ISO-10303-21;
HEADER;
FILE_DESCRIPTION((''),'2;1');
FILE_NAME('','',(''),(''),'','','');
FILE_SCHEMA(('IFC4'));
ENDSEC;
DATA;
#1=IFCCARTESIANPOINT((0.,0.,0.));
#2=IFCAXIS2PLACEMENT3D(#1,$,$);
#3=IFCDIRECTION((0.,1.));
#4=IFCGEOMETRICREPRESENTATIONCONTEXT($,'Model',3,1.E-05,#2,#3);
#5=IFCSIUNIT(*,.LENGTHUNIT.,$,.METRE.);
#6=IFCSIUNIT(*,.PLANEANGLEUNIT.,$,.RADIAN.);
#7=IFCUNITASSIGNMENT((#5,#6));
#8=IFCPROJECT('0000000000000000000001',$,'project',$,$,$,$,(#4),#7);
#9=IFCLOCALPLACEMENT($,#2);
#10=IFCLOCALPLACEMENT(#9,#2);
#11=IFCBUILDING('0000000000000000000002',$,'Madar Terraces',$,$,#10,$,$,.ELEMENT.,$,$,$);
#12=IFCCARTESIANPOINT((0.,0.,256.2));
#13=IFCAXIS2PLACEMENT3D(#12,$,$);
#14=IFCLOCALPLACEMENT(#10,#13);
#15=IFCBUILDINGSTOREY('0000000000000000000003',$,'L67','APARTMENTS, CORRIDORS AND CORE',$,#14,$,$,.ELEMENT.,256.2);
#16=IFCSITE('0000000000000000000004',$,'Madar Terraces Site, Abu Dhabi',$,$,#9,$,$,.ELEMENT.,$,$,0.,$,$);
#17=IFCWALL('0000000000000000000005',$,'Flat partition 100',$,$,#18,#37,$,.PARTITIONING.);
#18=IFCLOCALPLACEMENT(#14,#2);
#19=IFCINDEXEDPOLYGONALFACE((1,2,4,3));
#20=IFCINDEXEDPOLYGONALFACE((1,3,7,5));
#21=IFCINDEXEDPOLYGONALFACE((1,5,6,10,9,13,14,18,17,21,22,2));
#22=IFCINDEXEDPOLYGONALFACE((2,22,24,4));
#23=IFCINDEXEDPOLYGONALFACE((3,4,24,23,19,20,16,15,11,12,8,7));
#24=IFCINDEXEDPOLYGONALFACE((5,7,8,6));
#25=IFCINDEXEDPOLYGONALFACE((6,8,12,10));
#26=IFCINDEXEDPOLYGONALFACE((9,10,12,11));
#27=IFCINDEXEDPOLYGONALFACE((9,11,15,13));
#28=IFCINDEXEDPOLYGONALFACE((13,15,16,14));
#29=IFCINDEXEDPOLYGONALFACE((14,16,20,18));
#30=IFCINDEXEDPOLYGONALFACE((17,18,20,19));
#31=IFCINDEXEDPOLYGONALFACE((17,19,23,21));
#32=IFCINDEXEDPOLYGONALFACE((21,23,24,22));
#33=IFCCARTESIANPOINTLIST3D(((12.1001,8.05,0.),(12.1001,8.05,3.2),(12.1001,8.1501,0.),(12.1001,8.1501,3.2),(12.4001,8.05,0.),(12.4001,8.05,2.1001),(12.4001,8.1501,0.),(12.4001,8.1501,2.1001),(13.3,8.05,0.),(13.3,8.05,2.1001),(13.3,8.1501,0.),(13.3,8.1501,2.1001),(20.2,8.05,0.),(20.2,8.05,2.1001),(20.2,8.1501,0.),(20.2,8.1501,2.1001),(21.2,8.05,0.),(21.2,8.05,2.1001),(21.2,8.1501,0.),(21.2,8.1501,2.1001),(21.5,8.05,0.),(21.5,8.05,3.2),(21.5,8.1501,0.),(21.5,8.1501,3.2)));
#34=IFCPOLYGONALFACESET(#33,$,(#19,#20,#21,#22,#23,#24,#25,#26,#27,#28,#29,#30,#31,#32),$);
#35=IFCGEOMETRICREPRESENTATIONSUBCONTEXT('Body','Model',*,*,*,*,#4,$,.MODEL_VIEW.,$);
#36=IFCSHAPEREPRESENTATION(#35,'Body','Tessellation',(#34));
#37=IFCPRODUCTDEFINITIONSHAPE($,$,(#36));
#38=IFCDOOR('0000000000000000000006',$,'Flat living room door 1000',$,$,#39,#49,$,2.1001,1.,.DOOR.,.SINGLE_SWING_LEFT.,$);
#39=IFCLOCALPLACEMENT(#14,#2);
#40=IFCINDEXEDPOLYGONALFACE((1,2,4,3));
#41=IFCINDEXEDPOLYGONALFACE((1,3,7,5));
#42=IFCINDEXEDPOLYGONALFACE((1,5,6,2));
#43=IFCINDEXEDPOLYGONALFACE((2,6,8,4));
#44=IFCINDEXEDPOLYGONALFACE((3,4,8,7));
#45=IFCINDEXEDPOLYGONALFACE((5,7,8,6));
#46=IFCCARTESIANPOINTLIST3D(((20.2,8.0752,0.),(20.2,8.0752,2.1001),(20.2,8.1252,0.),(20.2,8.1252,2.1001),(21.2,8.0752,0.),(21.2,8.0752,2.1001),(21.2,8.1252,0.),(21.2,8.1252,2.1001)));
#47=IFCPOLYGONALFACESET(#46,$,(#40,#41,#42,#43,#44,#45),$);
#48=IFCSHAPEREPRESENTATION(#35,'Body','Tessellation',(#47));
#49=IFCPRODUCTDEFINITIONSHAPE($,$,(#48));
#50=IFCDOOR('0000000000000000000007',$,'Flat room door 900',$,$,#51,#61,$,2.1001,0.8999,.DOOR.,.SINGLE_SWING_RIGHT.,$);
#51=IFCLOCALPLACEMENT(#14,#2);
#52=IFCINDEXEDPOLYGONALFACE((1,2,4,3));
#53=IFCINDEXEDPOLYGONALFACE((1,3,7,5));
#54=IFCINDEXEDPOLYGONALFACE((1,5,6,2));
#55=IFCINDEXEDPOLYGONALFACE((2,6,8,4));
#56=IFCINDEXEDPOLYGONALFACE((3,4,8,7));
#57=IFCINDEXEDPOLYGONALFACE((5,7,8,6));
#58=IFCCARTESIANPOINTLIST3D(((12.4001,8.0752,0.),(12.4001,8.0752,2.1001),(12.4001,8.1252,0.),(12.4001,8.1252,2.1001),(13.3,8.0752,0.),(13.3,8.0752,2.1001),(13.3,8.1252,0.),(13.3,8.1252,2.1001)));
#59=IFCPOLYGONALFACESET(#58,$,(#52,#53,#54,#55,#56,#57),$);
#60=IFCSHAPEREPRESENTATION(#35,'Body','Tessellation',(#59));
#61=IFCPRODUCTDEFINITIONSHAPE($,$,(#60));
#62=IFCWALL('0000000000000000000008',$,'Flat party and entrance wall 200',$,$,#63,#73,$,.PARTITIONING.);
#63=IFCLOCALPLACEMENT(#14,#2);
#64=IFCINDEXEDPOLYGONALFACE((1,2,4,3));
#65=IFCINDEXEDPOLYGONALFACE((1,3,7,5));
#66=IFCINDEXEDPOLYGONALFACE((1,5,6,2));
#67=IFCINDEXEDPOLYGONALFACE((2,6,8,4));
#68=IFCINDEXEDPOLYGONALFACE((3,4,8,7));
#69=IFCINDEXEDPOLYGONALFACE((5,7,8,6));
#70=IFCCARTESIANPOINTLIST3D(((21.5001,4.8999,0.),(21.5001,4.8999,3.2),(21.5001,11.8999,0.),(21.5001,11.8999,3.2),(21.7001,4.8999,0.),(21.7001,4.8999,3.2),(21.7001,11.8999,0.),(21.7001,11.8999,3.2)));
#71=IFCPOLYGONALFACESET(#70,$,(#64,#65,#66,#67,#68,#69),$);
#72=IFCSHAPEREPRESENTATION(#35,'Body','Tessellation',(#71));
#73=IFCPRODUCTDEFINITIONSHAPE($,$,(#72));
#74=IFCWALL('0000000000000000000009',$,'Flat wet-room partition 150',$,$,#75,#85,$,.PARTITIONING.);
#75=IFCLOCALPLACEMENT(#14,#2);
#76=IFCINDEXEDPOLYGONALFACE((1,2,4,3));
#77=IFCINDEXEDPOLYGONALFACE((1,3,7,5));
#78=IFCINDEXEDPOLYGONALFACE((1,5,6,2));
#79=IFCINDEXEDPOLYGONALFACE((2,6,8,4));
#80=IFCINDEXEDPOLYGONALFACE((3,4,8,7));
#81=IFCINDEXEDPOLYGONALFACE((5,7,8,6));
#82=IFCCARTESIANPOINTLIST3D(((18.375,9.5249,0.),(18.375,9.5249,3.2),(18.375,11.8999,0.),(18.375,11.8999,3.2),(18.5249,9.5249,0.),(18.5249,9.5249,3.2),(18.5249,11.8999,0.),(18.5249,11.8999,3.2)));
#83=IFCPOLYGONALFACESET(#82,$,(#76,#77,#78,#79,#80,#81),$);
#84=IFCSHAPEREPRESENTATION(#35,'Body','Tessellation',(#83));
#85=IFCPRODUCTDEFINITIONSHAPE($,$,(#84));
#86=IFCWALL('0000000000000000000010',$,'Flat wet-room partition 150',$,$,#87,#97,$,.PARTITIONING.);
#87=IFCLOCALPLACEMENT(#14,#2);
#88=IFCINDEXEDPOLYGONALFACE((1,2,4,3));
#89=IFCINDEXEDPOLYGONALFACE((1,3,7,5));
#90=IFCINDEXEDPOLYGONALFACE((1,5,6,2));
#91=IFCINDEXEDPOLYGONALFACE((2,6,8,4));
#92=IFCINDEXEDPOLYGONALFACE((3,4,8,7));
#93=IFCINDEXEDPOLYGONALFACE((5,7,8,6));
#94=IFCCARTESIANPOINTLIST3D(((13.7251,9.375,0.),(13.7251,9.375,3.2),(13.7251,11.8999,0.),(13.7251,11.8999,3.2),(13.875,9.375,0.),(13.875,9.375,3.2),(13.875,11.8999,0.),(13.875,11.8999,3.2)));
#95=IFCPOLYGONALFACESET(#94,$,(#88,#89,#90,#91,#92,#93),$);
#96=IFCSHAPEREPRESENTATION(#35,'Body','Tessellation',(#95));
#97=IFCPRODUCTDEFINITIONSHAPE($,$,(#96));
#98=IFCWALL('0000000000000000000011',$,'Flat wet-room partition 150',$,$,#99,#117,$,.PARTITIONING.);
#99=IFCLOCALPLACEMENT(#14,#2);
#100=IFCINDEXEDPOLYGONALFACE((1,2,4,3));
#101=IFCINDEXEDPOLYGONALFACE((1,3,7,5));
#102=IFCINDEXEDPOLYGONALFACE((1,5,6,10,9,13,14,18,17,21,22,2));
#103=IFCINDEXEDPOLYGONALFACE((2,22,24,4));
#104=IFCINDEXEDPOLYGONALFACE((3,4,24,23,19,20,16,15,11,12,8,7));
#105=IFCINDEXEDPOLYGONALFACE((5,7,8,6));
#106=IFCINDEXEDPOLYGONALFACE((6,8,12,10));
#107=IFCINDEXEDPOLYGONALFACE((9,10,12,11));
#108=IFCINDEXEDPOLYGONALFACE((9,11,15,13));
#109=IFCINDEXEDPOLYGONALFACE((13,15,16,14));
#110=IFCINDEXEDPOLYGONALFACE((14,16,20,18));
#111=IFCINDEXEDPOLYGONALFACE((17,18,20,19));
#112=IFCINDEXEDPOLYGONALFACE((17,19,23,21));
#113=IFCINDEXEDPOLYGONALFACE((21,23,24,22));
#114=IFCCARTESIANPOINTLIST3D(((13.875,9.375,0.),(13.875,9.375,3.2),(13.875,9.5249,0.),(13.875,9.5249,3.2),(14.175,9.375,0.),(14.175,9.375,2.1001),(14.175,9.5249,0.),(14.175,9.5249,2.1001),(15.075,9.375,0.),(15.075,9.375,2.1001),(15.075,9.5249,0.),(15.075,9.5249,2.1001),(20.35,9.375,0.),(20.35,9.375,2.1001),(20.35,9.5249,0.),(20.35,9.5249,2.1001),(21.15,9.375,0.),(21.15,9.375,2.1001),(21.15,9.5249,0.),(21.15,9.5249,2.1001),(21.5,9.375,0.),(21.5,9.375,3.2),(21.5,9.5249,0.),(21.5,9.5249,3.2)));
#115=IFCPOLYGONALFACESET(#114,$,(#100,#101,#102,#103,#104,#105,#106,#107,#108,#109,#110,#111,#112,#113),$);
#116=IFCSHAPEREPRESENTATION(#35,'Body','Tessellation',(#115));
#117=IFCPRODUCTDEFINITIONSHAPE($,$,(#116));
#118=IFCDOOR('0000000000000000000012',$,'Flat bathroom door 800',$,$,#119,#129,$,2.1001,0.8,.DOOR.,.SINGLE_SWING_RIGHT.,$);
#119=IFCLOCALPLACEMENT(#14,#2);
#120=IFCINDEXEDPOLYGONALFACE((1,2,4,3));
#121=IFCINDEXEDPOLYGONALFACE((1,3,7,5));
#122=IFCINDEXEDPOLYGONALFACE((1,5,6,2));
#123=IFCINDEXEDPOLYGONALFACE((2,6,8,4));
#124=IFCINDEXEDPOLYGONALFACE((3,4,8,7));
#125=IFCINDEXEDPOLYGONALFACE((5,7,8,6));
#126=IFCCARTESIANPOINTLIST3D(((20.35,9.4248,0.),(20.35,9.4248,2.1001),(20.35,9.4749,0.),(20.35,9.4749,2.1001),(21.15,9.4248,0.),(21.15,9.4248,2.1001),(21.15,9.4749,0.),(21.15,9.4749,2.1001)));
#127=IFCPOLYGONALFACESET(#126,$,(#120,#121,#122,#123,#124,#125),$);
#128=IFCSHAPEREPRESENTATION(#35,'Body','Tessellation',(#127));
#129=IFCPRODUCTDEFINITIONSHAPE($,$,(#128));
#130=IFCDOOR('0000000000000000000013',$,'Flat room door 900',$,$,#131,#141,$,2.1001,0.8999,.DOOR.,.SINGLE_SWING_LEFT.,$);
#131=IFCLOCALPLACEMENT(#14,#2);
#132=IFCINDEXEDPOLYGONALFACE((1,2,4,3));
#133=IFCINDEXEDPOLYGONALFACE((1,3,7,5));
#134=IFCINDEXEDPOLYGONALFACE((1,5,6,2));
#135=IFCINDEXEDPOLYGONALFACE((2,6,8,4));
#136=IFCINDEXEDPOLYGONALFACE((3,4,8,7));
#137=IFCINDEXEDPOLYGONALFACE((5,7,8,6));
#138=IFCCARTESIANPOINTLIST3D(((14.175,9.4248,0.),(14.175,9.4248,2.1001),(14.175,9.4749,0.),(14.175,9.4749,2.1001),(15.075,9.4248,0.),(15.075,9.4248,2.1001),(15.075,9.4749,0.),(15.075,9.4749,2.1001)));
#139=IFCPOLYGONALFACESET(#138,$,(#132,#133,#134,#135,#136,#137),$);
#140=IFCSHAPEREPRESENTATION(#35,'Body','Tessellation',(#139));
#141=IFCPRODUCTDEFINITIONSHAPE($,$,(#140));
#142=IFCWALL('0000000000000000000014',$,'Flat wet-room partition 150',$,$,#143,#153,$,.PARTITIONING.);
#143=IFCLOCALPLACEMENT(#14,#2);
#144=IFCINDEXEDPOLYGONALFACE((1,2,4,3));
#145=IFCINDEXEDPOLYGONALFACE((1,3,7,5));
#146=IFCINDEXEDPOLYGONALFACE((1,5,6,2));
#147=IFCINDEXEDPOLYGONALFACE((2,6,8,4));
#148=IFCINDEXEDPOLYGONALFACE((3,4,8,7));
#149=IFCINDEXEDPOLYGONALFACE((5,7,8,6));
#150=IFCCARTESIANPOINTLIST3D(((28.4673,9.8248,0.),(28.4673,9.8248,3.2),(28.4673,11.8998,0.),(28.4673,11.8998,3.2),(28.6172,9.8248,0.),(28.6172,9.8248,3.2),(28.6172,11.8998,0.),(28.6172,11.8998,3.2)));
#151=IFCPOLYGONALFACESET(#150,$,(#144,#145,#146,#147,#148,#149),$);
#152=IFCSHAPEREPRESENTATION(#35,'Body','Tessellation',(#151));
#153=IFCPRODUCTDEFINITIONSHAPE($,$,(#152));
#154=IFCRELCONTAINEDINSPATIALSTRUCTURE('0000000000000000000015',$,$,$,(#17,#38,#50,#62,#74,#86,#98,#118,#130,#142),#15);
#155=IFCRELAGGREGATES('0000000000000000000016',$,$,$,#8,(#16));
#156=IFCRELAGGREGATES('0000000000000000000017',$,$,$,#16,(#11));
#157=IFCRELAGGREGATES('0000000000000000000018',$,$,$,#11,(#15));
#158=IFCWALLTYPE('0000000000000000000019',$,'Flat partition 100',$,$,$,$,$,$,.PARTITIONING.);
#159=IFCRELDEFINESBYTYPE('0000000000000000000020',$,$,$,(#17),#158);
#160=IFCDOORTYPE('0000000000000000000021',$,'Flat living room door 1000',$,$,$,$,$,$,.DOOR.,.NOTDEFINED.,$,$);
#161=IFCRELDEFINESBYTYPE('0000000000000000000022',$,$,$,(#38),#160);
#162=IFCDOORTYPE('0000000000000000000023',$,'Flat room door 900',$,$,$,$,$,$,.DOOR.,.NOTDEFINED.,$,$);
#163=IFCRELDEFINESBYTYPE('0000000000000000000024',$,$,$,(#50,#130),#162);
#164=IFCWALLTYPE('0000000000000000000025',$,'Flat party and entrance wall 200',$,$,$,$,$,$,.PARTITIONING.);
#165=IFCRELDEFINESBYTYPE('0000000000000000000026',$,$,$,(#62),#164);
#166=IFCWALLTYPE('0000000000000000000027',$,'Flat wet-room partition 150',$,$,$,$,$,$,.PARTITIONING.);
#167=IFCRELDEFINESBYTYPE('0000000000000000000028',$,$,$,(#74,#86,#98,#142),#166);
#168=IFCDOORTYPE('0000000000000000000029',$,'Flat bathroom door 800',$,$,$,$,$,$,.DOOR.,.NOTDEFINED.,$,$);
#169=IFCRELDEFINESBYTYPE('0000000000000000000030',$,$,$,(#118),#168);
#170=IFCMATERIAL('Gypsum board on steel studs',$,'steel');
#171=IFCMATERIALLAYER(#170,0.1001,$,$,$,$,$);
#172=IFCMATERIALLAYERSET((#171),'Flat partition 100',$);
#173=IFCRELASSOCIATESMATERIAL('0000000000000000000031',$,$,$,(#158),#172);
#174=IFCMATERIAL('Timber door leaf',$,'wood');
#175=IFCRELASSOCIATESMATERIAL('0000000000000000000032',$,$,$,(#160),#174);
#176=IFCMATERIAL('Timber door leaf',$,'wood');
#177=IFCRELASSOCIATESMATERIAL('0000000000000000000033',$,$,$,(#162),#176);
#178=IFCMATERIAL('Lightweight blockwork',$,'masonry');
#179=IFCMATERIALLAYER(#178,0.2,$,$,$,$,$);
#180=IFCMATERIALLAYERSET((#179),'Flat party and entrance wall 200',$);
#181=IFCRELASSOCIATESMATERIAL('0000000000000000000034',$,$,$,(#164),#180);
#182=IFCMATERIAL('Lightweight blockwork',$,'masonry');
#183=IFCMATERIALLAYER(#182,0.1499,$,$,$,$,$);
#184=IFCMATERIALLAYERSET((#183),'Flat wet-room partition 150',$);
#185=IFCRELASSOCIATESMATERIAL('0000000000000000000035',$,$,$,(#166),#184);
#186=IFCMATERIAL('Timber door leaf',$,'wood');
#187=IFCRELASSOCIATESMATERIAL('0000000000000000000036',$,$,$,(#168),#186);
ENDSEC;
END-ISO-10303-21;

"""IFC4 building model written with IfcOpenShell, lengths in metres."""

from ifc_helpers import new_model, si_unit, direction, frame, frame_2d, origin, place, context, subcontext, project, spatial, rectangle, extrude, material, layer, layer_set, type_object, element, fill, save


model = new_model("IFC4")

# Units and contexts
model_context = context("Model", 3, precision=1e-05, world=origin(), true_north=direction((0.0, 1.0)))
body_context = subcontext(model_context, "Body", "Model", "MODEL_VIEW")
ifc_project = project(units=[si_unit("LENGTHUNIT", "METRE"), si_unit("PLANEANGLEUNIT", "RADIAN")], contexts=[model_context])

# Site, building, storey
site_placement = place(None, origin())
site = spatial("IfcSite", under=ifc_project, at=site_placement, Name="Madar Terraces Site, Abu Dhabi", CompositionType="ELEMENT", RefElevation=0.0)
building_placement = place(site_placement, origin())
building = spatial("IfcBuilding", under=site, at=building_placement, Name="Madar Terraces", CompositionType="ELEMENT")
storey_placement = place(building_placement, frame((0.0, 0.0, 256.2)))
storey = spatial("IfcBuildingStorey", under=building, at=storey_placement, Name="L67", Description="APARTMENTS, CORRIDORS AND CORE", CompositionType="ELEMENT", Elevation=256.2)

# Shared definitions
ifc_material_1 = material(Name="Gypsum board on steel studs", Category="steel")
ifc_layer_1 = layer(ifc_material_1, 0.1001)
ifc_layer_set_1 = layer_set([ifc_layer_1], Name="Flat partition 100")
wall_type_1 = type_object("IfcWallType", Name="Flat partition 100", PredefinedType="PARTITIONING", material=ifc_layer_set_1)

# Wall, openings, doors
wall_1_placement = place(storey_placement, frame((21.5, 8.1001, 0.0), z_axis=(0.0, 0.0, 1.0), x_axis=(-1.0, 0.0, 0.0)))
wall_1 = element("IfcWall", 1, at=wall_1_placement, inside=storey, type_object=wall_type_1, Name="Flat partition 100", PredefinedType="PARTITIONING", context=body_context, shape_type="SweptSolid", body=[
    extrude(rectangle(XDim=9.3999, YDim=0.1001, at=frame_2d((4.7, 0.0))), origin(), (0.0, 0.0, 1.0), 3.2),
])
opening_1_placement = place(wall_1_placement, frame((8.2, 0.0, 0.0)))
opening_1 = element("IfcOpeningElement", 2, at=opening_1_placement, cuts=wall_1, PredefinedType="OPENING", context=body_context, shape_type="SweptSolid", body=[
    extrude(rectangle(XDim=0.8999, YDim=2.1001, at=frame_2d((0.45, 1.05))), frame((0.0, 0.0601, 0.0), z_axis=(0.0, -1.0, 0.0), x_axis=(1.0, 0.0, 0.0)), (0.0, 0.0, 1.0), 0.1201),
])
opening_2_placement = place(wall_1_placement, frame((0.3, 0.0, 0.0)))
opening_2 = element("IfcOpeningElement", 3, at=opening_2_placement, cuts=wall_1, PredefinedType="OPENING", context=body_context, shape_type="SweptSolid", body=[
    extrude(rectangle(XDim=1.0, YDim=2.1001, at=frame_2d((0.5, 1.05))), frame((0.0, 0.0601, 0.0), z_axis=(0.0, -1.0, 0.0), x_axis=(1.0, 0.0, 0.0)), (0.0, 0.0, 1.0), 0.1201),
])
ifc_material_2 = material(Name="Timber door leaf", Category="wood")
door_type_1 = type_object("IfcDoorType", Name="Flat living room door 1000", OperationType="NOTDEFINED", PredefinedType="DOOR", material=ifc_material_2)
door_1_placement = place(opening_2_placement, origin())
door_1 = element("IfcDoor", 4, at=door_1_placement, inside=storey, type_object=door_type_1, Name="Flat living room door 1000", OperationType="SINGLE_SWING_LEFT", OverallHeight=2.1001, OverallWidth=1.0, PredefinedType="DOOR", context=body_context, shape_type="SweptSolid", body=[
    extrude(rectangle(XDim=1.0, YDim=2.1001, at=frame_2d((0.5, 1.05))), frame((0.0, 0.0249, 0.0), z_axis=(0.0, -1.0, 0.0), x_axis=(1.0, 0.0, 0.0)), (0.0, 0.0, 1.0), 0.05),
])
fill(opening_2, door_1)
ifc_material_3 = material(Name="Timber door leaf", Category="wood")
door_type_2 = type_object("IfcDoorType", Name="Flat room door 900", OperationType="NOTDEFINED", PredefinedType="DOOR", material=ifc_material_3)
door_2_placement = place(opening_1_placement, origin())
door_2 = element("IfcDoor", 5, at=door_2_placement, inside=storey, type_object=door_type_2, Name="Flat room door 900", OperationType="SINGLE_SWING_RIGHT", OverallHeight=2.1001, OverallWidth=0.8999, PredefinedType="DOOR", context=body_context, shape_type="SweptSolid", body=[
    extrude(rectangle(XDim=0.8999, YDim=2.1001, at=frame_2d((0.45, 1.05))), frame((0.0, 0.0249, 0.0), z_axis=(0.0, -1.0, 0.0), x_axis=(1.0, 0.0, 0.0)), (0.0, 0.0, 1.0), 0.05),
])
fill(opening_1, door_2)

# Walls
ifc_material_4 = material(Name="Lightweight blockwork", Category="masonry")
ifc_layer_2 = layer(ifc_material_4, 0.2)
ifc_layer_set_2 = layer_set([ifc_layer_2], Name="Flat party and entrance wall 200")
wall_type_2 = type_object("IfcWallType", Name="Flat party and entrance wall 200", PredefinedType="PARTITIONING", material=ifc_layer_set_2)
wall_2_placement = place(storey_placement, frame((21.6001, 11.8999, 0.0), z_axis=(0.0, 0.0, 1.0), x_axis=(0.0, -1.0, 0.0)))
element("IfcWall", 6, at=wall_2_placement, inside=storey, type_object=wall_type_2, Name="Flat party and entrance wall 200", PredefinedType="PARTITIONING", context=body_context, shape_type="SweptSolid", body=[
    extrude(rectangle(XDim=7.0, YDim=0.2, at=frame_2d((3.5, 0.0))), origin(), (0.0, 0.0, 1.0), 3.2),
])
ifc_material_5 = material(Name="Lightweight blockwork", Category="masonry")
ifc_layer_3 = layer(ifc_material_5, 0.1499)
ifc_layer_set_3 = layer_set([ifc_layer_3], Name="Flat wet-room partition 150")
wall_type_3 = type_object("IfcWallType", Name="Flat wet-room partition 150", PredefinedType="PARTITIONING", material=ifc_layer_set_3)
wall_3_placement = place(storey_placement, frame((18.45, 11.8999, 0.0), z_axis=(0.0, 0.0, 1.0), x_axis=(0.0, -1.0, 0.0)))
element("IfcWall", 7, at=wall_3_placement, inside=storey, type_object=wall_type_3, Name="Flat wet-room partition 150", PredefinedType="PARTITIONING", context=body_context, shape_type="SweptSolid", body=[
    extrude(rectangle(XDim=2.375, YDim=0.1499, at=frame_2d((1.1875, 0.0))), origin(), (0.0, 0.0, 1.0), 3.2),
])
wall_4_placement = place(storey_placement, frame((13.8, 11.8999, 0.0), z_axis=(0.0, 0.0, 1.0), x_axis=(0.0, -1.0, 0.0)))
element("IfcWall", 8, at=wall_4_placement, inside=storey, type_object=wall_type_3, Name="Flat wet-room partition 150", PredefinedType="PARTITIONING", context=body_context, shape_type="SweptSolid", body=[
    extrude(rectangle(XDim=2.5249, YDim=0.1499, at=frame_2d((1.2625, 0.0))), origin(), (0.0, 0.0, 1.0), 3.2),
])

# Wall, openings, doors
wall_5_placement = place(storey_placement, frame((13.875, 9.45, 0.0), z_axis=(0.0, 0.0, 1.0), x_axis=(1.0, 0.0, 0.0)))
wall_5 = element("IfcWall", 9, at=wall_5_placement, inside=storey, type_object=wall_type_3, Name="Flat wet-room partition 150", PredefinedType="PARTITIONING", context=body_context, shape_type="SweptSolid", body=[
    extrude(rectangle(XDim=7.625, YDim=0.1499, at=frame_2d((3.8125, 0.0))), origin(), (0.0, 0.0, 1.0), 3.2),
])
opening_3_placement = place(wall_5_placement, frame((0.3, 0.0, 0.0)))
opening_3 = element("IfcOpeningElement", 10, at=opening_3_placement, cuts=wall_5, PredefinedType="OPENING", context=body_context, shape_type="SweptSolid", body=[
    extrude(rectangle(XDim=0.8999, YDim=2.1001, at=frame_2d((0.45, 1.05))), frame((0.0, 0.085, 0.0), z_axis=(0.0, -1.0, 0.0), x_axis=(1.0, 0.0, 0.0)), (0.0, 0.0, 1.0), 0.1699),
])
opening_4_placement = place(wall_5_placement, frame((6.4751, 0.0, 0.0)))
opening_4 = element("IfcOpeningElement", 11, at=opening_4_placement, cuts=wall_5, PredefinedType="OPENING", context=body_context, shape_type="SweptSolid", body=[
    extrude(rectangle(XDim=0.8, YDim=2.1001, at=frame_2d((0.3999, 1.05))), frame((0.0, 0.085, 0.0), z_axis=(0.0, -1.0, 0.0), x_axis=(1.0, 0.0, 0.0)), (0.0, 0.0, 1.0), 0.1699),
])
ifc_material_6 = material(Name="Timber door leaf", Category="wood")
door_type_3 = type_object("IfcDoorType", Name="Flat bathroom door 800", OperationType="NOTDEFINED", PredefinedType="DOOR", material=ifc_material_6)
door_3_placement = place(opening_4_placement, origin())
door_3 = element("IfcDoor", 12, at=door_3_placement, inside=storey, type_object=door_type_3, Name="Flat bathroom door 800", OperationType="SINGLE_SWING_RIGHT", OverallHeight=2.1001, OverallWidth=0.8, PredefinedType="DOOR", context=body_context, shape_type="SweptSolid", body=[
    extrude(rectangle(XDim=0.8, YDim=2.1001, at=frame_2d((0.3999, 1.05))), frame((0.0, 0.0249, 0.0), z_axis=(0.0, -1.0, 0.0), x_axis=(1.0, 0.0, 0.0)), (0.0, 0.0, 1.0), 0.05),
])
fill(opening_4, door_3)
door_4_placement = place(opening_3_placement, origin())
door_4 = element("IfcDoor", 13, at=door_4_placement, inside=storey, type_object=door_type_2, Name="Flat room door 900", OperationType="SINGLE_SWING_LEFT", OverallHeight=2.1001, OverallWidth=0.8999, PredefinedType="DOOR", context=body_context, shape_type="SweptSolid", body=[
    extrude(rectangle(XDim=0.8999, YDim=2.1001, at=frame_2d((0.45, 1.05))), frame((0.0, 0.0249, 0.0), z_axis=(0.0, -1.0, 0.0), x_axis=(1.0, 0.0, 0.0)), (0.0, 0.0, 1.0), 0.05),
])
fill(opening_3, door_4)

# Wall
wall_6_placement = place(storey_placement, frame((28.5422, 11.8999, 0.0), z_axis=(0.0, 0.0, 1.0), x_axis=(0.0, -1.0, 0.0)))
element("IfcWall", 14, at=wall_6_placement, inside=storey, type_object=wall_type_3, Name="Flat wet-room partition 150", PredefinedType="PARTITIONING", context=body_context, shape_type="SweptSolid", body=[
    extrude(rectangle(XDim=2.075, YDim=0.1499, at=frame_2d((1.0376, 0.0))), origin(), (0.0, 0.0, 1.0), 3.2),
])

save(model, "model.ifc")
